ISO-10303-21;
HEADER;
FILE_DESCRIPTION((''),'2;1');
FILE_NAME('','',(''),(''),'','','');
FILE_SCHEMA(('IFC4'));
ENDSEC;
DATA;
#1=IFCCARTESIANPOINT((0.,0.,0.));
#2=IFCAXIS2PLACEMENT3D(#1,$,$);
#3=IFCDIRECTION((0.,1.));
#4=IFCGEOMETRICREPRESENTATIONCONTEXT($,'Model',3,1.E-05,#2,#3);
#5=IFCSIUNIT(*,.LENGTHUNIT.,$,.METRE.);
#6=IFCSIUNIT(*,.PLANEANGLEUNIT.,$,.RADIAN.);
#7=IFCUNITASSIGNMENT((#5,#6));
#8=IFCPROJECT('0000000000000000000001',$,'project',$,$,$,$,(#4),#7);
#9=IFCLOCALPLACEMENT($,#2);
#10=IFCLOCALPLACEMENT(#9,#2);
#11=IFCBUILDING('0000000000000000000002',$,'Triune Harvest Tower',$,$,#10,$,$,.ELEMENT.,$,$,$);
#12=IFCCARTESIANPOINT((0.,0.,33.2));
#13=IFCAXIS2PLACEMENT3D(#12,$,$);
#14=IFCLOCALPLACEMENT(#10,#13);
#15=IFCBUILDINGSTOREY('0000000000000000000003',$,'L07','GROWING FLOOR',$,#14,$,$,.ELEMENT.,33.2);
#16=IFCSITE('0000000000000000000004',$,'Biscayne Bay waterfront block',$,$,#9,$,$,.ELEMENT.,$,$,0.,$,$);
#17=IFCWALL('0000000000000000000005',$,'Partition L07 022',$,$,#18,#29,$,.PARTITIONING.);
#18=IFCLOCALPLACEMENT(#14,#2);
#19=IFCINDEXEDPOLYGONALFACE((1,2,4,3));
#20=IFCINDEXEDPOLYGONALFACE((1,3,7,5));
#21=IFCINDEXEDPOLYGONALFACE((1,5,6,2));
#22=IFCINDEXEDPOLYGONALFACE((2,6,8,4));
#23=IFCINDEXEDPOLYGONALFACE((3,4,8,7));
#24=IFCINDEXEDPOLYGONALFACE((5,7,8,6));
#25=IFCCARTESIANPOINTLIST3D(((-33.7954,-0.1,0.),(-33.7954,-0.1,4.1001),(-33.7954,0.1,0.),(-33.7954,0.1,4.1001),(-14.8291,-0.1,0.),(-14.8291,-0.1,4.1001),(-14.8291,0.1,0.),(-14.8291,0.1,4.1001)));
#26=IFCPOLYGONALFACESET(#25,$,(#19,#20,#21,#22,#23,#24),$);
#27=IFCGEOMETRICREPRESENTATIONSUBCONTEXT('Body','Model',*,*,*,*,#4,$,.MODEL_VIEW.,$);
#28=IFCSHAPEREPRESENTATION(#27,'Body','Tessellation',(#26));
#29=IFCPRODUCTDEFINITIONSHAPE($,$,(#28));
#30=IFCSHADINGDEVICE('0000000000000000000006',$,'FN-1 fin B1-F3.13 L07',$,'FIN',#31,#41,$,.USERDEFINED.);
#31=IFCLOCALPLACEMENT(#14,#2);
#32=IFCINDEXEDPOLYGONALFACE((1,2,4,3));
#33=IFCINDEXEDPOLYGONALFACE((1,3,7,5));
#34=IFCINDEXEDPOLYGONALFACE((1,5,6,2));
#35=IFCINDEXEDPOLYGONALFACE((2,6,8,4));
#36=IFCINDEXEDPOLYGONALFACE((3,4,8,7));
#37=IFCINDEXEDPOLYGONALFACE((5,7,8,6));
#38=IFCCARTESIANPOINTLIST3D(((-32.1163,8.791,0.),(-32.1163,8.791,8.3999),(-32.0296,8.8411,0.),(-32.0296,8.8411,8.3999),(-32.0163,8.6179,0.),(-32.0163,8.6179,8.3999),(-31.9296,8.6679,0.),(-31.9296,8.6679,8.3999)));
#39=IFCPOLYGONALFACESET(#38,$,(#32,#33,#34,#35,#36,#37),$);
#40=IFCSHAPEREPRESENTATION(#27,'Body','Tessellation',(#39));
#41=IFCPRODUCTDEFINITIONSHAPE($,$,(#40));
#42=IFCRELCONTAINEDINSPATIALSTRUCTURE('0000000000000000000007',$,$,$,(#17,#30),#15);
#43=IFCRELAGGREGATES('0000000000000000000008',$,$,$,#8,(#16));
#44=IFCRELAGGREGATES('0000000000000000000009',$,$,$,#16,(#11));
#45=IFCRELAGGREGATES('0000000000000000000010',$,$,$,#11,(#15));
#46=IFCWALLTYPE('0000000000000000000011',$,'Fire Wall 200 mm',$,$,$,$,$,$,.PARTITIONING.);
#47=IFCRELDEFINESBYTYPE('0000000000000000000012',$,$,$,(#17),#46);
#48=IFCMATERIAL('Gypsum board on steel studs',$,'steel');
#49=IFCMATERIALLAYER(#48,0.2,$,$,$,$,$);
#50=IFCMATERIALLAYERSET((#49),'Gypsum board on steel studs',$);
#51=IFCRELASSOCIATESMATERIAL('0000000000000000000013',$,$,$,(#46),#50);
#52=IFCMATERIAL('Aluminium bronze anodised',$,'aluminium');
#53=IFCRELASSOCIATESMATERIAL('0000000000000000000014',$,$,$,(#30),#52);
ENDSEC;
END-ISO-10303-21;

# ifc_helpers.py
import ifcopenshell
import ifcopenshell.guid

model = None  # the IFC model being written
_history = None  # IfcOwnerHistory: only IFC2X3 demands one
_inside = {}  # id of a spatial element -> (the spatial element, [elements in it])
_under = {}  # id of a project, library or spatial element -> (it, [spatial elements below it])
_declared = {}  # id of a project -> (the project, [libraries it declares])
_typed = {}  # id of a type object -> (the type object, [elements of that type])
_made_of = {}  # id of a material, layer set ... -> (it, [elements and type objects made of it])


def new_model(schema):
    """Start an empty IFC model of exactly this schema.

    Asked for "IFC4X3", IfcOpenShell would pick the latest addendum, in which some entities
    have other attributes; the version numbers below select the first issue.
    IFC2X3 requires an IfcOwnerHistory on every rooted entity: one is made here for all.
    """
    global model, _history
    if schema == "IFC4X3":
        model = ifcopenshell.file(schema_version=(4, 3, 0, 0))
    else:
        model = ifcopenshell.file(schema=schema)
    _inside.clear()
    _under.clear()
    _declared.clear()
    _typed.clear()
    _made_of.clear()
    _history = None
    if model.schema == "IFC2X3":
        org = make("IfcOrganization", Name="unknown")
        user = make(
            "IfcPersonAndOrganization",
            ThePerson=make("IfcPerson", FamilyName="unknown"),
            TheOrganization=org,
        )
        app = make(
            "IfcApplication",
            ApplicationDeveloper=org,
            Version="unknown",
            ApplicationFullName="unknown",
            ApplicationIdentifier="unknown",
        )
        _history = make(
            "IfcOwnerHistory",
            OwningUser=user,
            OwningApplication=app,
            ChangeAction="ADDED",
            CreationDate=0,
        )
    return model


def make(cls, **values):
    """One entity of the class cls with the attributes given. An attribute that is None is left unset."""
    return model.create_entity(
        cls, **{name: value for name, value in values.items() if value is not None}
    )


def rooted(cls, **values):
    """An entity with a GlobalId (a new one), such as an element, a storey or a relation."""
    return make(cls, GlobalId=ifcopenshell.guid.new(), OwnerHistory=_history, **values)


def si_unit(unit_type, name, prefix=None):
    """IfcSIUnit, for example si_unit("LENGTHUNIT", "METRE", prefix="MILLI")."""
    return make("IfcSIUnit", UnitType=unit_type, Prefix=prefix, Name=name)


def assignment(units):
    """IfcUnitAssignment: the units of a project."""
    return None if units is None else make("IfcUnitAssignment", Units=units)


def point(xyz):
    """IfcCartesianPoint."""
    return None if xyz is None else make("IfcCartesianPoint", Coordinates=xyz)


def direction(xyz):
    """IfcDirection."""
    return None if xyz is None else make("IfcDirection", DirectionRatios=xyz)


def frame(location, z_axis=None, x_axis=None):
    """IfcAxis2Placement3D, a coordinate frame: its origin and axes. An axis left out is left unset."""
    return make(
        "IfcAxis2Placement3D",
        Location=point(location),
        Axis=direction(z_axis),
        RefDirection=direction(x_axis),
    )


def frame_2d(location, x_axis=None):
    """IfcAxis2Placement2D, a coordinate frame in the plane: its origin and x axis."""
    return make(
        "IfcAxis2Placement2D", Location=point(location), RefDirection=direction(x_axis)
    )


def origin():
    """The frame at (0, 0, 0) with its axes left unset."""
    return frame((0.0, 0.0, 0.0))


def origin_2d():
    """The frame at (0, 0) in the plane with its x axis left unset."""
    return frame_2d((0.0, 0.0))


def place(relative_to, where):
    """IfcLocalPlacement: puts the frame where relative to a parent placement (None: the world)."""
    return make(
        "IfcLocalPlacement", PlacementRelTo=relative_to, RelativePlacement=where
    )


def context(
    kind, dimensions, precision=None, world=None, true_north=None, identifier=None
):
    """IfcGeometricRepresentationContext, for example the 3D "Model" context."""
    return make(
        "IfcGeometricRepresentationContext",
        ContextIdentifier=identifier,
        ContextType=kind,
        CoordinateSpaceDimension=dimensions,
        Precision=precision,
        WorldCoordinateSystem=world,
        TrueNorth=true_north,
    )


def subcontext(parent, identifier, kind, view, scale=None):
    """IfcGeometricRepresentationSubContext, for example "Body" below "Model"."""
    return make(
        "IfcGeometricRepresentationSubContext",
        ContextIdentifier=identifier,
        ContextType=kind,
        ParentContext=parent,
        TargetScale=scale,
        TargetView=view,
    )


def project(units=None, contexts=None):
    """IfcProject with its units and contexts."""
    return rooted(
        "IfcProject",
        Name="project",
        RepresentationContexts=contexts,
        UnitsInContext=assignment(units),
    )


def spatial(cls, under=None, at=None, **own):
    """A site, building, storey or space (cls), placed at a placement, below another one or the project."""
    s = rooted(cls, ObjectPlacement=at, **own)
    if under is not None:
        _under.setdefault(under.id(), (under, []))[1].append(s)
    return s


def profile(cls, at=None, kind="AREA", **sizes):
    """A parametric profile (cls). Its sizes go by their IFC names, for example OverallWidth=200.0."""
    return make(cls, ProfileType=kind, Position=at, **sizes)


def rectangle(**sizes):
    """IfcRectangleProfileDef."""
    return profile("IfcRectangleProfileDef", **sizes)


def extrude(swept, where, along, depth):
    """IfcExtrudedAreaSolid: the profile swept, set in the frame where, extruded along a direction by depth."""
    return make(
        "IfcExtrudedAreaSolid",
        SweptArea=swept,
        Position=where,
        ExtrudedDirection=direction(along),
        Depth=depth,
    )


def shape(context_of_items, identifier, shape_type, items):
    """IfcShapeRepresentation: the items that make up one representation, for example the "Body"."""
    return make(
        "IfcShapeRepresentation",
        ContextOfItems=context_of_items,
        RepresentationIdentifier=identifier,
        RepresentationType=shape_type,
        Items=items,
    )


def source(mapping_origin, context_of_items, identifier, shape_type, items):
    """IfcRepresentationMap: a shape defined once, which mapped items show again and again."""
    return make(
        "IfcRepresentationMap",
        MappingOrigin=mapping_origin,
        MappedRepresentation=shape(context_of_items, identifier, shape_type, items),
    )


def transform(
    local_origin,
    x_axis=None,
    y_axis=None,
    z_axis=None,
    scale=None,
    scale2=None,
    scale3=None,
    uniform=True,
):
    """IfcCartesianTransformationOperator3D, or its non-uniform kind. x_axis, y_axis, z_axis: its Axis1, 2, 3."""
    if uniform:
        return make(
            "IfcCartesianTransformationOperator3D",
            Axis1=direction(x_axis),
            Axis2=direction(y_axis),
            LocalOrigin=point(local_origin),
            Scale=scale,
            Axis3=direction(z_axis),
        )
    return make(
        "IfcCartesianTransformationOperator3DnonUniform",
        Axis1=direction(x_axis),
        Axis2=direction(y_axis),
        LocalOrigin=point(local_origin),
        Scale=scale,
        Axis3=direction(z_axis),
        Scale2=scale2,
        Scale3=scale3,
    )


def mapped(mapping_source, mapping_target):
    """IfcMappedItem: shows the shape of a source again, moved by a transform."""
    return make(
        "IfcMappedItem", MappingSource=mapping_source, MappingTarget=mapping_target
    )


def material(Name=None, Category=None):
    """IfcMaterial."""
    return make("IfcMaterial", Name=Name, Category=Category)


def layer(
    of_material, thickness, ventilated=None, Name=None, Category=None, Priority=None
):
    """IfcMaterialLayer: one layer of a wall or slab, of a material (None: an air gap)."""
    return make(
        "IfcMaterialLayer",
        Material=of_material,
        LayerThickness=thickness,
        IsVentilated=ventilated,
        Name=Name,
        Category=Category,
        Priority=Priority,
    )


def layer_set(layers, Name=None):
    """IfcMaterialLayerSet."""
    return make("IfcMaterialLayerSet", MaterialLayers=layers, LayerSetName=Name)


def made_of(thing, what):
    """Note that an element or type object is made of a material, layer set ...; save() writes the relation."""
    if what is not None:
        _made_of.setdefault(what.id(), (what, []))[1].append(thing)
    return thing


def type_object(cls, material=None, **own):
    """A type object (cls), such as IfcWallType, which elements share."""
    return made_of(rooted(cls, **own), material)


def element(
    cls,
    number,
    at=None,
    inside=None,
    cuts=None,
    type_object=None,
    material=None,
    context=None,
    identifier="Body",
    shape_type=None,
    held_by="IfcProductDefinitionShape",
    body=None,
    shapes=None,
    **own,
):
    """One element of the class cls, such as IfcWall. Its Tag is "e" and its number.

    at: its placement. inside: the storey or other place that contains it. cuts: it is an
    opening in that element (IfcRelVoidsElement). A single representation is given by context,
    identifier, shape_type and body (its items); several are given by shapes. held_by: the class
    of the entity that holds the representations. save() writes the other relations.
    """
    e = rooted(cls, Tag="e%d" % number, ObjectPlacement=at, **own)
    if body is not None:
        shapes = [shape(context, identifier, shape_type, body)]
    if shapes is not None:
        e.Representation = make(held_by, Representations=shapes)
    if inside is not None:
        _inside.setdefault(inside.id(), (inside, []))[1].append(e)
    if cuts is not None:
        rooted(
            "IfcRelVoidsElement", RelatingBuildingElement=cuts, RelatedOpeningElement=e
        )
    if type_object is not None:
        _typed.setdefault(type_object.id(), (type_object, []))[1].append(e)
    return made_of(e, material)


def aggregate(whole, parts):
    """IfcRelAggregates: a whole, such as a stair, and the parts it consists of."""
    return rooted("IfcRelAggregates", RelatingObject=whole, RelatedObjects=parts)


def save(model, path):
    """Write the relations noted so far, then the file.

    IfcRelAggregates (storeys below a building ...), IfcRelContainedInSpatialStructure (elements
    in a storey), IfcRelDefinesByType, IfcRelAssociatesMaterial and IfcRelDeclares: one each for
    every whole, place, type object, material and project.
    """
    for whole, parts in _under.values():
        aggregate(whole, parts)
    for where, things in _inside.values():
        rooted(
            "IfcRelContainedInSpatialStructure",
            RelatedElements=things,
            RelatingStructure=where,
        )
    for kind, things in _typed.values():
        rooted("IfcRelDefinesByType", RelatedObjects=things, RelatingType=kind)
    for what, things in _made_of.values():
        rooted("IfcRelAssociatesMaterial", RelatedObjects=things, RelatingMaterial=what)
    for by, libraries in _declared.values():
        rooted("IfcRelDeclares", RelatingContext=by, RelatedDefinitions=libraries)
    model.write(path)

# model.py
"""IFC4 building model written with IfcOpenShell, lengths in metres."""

from ifc_helpers import new_model, si_unit, direction, frame, frame_2d, origin, origin_2d, place, context, subcontext, project, spatial, rectangle, extrude, source, transform, mapped, material, layer, layer_set, type_object, element, save


model = new_model("IFC4")

# Units and contexts
model_context = context("Model", 3, precision=1e-05, world=origin(), true_north=direction((0.0, 1.0)))
body_context = subcontext(model_context, "Body", "Model", "MODEL_VIEW")
ifc_project = project(units=[si_unit("LENGTHUNIT", "METRE"), si_unit("PLANEANGLEUNIT", "RADIAN")], contexts=[model_context])

# Site, building, storey
site_placement = place(None, origin())
site = spatial("IfcSite", under=ifc_project, at=site_placement, Name="Biscayne Bay waterfront block", CompositionType="ELEMENT", RefElevation=0.0)
building_placement = place(site_placement, origin())
building = spatial("IfcBuilding", under=site, at=building_placement, Name="Triune Harvest Tower", CompositionType="ELEMENT")
storey_placement = place(building_placement, frame((0.0, 0.0, 33.2)))
storey = spatial("IfcBuildingStorey", under=building, at=storey_placement, Name="L07", Description="GROWING FLOOR", CompositionType="ELEMENT", Elevation=33.2)

# Wall
ifc_material_1 = material(Name="Gypsum board on steel studs", Category="steel")
ifc_layer_1 = layer(ifc_material_1, 0.2)
ifc_layer_set_1 = layer_set([ifc_layer_1], Name="Gypsum board on steel studs")
wall_type = type_object("IfcWallType", Name="Fire Wall 200 mm", PredefinedType="PARTITIONING", material=ifc_layer_set_1)
shared_shape_1 = source(origin(), body_context, "Body", "SweptSolid", [
    extrude(rectangle(XDim=18.9663, YDim=0.2, at=frame_2d((9.4832, 0.0))), origin(), (0.0, 0.0, 1.0), 4.1001),
])
wall_1_placement = place(storey_placement, frame((-33.7954, 0.0, 0.0), z_axis=(0.0, 0.0, 1.0), x_axis=(1.0, 0.0, 0.0)))
element("IfcWall", 1, at=wall_1_placement, inside=storey, type_object=wall_type, Name="Partition L07 022", PredefinedType="PARTITIONING", context=body_context, shape_type="MappedRepresentation", body=[
    mapped(shared_shape_1, transform((0.0, 0.0, 0.0), scale=1.0)),
])

# Shading device
ifc_material_2 = material(Name="Aluminium bronze anodised", Category="aluminium")
shared_shape_2 = source(origin(), body_context, "Body", "SweptSolid", [
    extrude(rectangle(XDim=0.1001, YDim=0.2, at=origin_2d()), origin(), (0.0, 0.0, 1.0), 8.3999),
])
shading_device_placement = place(storey_placement, frame((-32.0229, 8.7295, 0.0), z_axis=(0.0, 0.0, 1.0), x_axis=(-0.866025, -0.5, 0.0)))
element("IfcShadingDevice", 2, at=shading_device_placement, inside=storey, material=ifc_material_2, Name="FN-1 fin B1-F3.13 L07", ObjectType="FIN", PredefinedType="USERDEFINED", context=body_context, shape_type="MappedRepresentation", body=[
    mapped(shared_shape_2, transform((0.0, 0.0, 0.0), scale=1.0)),
])

save(model, "model.ifc")
